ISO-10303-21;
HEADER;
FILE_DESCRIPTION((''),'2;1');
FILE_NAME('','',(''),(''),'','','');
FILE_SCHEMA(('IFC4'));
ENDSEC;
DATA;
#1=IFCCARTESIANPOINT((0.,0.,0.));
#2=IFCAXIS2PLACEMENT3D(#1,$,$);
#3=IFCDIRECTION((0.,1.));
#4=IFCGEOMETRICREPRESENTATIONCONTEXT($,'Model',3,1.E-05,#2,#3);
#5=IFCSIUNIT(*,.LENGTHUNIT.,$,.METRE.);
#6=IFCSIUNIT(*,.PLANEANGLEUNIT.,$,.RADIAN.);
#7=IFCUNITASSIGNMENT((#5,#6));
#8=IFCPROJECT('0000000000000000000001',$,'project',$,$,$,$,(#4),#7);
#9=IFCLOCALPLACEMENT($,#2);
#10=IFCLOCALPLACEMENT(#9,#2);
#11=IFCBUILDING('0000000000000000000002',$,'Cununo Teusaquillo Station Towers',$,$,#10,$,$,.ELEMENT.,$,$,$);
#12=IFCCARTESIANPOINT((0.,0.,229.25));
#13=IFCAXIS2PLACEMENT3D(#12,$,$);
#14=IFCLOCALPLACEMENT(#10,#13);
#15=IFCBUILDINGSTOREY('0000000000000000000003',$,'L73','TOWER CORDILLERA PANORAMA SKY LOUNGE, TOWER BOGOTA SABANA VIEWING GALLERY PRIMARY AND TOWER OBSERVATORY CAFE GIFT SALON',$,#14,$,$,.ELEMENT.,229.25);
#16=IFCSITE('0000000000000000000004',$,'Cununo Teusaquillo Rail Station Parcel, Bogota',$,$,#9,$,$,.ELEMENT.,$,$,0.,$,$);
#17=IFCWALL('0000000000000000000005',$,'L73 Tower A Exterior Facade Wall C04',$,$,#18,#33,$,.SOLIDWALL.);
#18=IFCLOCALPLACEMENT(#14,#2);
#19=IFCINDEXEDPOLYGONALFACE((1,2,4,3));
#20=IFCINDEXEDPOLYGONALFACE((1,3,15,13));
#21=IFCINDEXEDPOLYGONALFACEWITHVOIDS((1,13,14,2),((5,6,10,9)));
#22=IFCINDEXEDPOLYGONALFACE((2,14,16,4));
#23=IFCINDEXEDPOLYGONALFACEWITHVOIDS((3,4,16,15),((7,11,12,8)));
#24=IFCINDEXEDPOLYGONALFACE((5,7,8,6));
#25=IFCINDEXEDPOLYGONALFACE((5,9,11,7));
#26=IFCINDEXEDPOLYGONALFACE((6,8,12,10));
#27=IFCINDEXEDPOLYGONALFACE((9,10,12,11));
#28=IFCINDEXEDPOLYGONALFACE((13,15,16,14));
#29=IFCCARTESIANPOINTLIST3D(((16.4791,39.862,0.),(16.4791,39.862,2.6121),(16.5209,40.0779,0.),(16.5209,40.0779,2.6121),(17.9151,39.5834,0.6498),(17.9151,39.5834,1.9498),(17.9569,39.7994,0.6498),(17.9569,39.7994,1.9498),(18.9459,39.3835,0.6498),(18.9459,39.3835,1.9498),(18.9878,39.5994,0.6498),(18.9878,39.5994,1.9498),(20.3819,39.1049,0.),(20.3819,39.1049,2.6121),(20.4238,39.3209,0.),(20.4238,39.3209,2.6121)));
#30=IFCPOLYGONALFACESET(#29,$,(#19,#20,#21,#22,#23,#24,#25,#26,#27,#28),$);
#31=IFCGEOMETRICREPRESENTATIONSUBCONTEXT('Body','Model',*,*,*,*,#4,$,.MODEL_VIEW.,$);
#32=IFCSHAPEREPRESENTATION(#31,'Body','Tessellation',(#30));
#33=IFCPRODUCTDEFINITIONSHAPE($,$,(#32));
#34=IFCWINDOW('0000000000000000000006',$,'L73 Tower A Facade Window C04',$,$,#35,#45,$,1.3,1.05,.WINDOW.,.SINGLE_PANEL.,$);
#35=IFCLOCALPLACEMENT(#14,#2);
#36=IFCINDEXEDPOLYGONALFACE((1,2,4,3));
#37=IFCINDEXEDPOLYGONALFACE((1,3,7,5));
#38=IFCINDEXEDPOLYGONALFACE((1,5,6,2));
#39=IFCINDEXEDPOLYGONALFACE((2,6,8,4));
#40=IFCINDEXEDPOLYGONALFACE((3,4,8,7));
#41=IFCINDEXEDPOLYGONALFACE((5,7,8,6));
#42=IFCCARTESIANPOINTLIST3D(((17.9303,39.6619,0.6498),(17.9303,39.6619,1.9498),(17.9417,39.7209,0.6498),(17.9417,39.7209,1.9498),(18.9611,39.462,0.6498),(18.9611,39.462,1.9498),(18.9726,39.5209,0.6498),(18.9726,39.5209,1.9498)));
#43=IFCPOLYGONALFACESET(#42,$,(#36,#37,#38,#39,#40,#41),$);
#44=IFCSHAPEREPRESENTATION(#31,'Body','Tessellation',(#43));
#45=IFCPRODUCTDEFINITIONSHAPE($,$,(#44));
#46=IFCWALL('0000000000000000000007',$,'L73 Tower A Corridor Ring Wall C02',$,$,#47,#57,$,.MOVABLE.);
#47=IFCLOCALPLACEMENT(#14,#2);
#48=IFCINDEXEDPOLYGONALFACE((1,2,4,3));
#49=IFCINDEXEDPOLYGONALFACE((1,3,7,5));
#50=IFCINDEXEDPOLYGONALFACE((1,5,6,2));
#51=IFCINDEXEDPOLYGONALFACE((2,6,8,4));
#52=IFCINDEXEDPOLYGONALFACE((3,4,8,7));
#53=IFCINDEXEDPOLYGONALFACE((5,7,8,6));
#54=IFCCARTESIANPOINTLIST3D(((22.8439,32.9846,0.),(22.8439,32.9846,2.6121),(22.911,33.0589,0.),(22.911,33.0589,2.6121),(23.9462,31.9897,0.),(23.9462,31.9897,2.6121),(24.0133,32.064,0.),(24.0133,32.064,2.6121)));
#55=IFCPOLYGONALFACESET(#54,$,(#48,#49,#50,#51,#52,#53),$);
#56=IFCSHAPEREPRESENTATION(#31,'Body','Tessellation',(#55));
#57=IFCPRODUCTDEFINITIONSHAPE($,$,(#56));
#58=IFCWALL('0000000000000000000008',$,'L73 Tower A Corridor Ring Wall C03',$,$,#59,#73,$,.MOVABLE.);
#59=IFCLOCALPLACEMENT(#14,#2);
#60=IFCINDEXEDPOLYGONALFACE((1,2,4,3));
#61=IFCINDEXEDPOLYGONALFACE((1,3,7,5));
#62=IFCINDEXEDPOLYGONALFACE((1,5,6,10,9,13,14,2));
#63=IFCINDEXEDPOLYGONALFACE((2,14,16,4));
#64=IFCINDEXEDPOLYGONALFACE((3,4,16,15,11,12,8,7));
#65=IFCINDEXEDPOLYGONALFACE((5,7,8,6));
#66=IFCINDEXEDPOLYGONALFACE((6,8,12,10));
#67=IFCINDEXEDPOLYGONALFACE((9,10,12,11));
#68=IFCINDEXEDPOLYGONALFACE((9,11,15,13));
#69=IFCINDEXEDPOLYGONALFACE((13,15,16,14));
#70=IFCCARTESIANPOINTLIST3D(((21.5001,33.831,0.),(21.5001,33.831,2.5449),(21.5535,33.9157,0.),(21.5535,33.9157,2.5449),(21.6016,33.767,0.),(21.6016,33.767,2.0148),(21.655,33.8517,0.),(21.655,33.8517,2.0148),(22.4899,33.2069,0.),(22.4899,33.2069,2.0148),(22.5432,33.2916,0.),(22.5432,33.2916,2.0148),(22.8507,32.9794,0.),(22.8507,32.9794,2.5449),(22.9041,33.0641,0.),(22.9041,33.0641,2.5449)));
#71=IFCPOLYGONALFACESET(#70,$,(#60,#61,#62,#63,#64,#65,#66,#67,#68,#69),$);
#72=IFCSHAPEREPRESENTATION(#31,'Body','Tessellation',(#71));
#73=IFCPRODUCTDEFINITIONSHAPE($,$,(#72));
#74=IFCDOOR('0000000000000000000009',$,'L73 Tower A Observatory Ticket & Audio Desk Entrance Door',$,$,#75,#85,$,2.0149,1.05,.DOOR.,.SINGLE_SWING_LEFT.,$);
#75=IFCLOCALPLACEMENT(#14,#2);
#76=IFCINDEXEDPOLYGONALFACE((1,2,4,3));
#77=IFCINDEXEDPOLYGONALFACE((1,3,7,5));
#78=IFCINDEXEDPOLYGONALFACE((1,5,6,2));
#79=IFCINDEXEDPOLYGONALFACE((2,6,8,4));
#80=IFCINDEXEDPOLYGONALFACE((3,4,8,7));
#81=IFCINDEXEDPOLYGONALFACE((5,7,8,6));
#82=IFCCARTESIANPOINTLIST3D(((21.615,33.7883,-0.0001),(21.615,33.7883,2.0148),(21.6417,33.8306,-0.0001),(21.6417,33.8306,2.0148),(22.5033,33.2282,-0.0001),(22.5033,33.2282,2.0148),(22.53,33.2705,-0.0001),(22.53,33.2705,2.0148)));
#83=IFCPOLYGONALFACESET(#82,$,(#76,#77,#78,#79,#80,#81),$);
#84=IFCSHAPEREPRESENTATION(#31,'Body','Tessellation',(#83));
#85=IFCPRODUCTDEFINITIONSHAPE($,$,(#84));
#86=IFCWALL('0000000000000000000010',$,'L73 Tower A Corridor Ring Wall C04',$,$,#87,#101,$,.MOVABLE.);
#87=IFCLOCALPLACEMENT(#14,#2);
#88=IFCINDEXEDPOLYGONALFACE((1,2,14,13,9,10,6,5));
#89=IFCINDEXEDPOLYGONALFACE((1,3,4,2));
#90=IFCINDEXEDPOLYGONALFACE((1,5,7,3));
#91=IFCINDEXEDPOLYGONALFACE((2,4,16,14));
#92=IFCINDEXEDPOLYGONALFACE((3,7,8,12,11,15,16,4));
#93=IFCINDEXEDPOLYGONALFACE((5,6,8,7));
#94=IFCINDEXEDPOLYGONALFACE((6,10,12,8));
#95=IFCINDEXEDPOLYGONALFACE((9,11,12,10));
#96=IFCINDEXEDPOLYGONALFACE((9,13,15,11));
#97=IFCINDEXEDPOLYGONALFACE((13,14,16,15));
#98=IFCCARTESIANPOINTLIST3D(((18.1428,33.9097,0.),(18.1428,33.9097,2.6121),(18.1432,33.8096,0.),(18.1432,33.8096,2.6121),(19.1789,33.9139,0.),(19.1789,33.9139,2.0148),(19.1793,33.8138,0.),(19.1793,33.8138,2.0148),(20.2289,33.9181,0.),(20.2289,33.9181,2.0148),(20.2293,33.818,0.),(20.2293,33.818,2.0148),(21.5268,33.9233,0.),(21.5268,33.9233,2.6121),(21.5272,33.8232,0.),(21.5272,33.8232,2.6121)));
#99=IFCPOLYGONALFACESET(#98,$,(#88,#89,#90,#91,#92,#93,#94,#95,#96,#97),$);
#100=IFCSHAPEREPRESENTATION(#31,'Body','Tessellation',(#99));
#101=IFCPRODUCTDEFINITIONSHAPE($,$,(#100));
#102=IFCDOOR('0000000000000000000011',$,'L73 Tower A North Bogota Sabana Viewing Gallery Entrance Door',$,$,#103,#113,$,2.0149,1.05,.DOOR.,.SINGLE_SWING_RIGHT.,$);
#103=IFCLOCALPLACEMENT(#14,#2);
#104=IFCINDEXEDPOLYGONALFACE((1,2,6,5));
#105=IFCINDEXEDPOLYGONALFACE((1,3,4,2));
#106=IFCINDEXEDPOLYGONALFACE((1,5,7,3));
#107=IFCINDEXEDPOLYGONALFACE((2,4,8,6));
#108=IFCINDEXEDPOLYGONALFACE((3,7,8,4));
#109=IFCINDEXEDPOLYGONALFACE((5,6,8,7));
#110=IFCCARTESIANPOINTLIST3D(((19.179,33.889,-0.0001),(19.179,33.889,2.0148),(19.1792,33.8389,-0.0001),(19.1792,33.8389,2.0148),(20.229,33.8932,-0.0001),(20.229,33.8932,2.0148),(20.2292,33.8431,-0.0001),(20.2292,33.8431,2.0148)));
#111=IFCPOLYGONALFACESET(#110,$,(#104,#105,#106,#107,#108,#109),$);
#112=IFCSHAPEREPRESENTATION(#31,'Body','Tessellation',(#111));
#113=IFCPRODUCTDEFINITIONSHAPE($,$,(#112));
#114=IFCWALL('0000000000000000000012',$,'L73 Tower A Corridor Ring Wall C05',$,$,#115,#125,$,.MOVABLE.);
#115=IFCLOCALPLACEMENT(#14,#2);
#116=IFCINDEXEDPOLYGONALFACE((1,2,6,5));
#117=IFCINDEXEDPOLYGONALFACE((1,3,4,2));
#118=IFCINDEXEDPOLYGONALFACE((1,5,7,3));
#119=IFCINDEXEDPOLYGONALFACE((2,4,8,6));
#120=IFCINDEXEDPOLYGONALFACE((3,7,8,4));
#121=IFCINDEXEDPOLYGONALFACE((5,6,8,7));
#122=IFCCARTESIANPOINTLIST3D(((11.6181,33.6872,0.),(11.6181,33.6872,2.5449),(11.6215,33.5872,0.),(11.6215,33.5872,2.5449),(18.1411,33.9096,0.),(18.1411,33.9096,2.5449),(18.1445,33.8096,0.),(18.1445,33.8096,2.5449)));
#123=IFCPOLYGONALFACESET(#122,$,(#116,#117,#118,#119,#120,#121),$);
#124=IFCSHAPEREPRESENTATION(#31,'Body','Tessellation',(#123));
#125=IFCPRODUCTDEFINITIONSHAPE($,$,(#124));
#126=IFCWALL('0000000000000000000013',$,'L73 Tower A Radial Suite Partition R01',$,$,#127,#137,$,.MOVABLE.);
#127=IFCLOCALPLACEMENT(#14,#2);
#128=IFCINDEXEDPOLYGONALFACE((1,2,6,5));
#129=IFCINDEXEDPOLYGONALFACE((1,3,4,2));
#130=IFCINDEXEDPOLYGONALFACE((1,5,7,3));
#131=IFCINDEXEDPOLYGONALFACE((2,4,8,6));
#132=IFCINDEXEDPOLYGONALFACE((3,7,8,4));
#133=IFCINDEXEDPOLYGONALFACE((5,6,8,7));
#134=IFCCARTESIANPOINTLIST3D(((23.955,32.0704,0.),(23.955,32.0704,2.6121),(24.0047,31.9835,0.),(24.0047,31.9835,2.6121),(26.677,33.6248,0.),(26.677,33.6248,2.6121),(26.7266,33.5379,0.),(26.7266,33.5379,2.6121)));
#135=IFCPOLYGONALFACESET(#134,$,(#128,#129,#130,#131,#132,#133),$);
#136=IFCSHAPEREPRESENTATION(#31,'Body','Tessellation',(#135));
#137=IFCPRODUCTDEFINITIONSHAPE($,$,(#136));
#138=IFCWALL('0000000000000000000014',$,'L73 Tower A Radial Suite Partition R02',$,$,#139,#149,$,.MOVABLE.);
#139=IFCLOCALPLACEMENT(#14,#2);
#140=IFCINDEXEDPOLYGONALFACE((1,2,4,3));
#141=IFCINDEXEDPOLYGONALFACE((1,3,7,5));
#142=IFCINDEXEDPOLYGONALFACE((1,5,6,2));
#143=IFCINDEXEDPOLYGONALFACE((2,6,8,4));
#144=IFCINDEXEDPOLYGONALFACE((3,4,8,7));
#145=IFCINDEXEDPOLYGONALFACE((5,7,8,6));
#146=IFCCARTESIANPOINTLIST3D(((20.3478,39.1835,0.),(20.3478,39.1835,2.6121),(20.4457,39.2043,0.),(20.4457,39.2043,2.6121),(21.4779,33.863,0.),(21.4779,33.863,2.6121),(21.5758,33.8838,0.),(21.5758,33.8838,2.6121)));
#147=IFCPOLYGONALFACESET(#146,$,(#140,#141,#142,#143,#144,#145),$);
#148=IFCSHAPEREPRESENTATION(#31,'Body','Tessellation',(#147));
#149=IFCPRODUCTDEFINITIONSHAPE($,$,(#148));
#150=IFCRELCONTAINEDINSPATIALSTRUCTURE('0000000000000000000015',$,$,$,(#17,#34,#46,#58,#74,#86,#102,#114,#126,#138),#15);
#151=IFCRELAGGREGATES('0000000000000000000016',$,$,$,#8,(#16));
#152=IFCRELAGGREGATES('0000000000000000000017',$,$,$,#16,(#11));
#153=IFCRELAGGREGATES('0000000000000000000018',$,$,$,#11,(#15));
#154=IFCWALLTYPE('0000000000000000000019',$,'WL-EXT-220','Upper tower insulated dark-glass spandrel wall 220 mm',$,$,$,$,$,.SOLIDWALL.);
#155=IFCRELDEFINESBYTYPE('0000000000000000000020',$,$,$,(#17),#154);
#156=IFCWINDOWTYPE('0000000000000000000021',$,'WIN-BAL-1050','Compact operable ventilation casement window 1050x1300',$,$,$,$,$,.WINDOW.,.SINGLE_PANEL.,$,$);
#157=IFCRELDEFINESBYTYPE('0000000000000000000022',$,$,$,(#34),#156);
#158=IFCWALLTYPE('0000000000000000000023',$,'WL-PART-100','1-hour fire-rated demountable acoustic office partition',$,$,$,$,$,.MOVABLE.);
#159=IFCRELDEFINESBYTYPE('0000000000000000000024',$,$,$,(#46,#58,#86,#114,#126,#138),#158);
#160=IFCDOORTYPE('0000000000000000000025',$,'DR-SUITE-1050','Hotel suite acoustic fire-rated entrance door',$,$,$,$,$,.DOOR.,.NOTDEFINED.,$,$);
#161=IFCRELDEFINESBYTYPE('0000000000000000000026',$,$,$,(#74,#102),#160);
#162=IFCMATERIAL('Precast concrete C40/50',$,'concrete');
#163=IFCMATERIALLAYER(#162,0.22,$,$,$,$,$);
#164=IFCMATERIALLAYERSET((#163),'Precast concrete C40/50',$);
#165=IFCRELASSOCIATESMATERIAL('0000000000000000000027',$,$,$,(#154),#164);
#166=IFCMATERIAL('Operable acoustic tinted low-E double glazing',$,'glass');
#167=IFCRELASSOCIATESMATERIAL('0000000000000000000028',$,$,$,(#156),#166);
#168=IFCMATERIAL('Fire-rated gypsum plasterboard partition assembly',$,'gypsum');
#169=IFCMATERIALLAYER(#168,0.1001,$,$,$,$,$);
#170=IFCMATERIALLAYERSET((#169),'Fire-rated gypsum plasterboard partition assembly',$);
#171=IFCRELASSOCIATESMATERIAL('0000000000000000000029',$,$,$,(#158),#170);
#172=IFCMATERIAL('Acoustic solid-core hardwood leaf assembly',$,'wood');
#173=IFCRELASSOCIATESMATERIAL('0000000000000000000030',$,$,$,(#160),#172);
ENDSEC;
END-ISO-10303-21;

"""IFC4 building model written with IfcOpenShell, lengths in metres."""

from ifc_helpers import new_model, si_unit, direction, frame, frame_2d, origin, place, context, subcontext, project, spatial, rectangle, extrude, source, transform, mapped, material, layer, layer_set, type_object, element, fill, save


model = new_model("IFC4")

# Units and contexts
model_context = context("Model", 3, precision=1e-05, world=origin(), true_north=direction((0.0, 1.0)))
body_context = subcontext(model_context, "Body", "Model", "MODEL_VIEW")
ifc_project = project(units=[si_unit("LENGTHUNIT", "METRE"), si_unit("PLANEANGLEUNIT", "RADIAN")], contexts=[model_context])

# Site, building, storey
site_placement = place(None, origin())
site = spatial("IfcSite", under=ifc_project, at=site_placement, Name="Cununo Teusaquillo Rail Station Parcel, Bogota", CompositionType="ELEMENT", RefElevation=0.0)
building_placement = place(site_placement, origin())
building = spatial("IfcBuilding", under=site, at=building_placement, Name="Cununo Teusaquillo Station Towers", CompositionType="ELEMENT")
storey_placement = place(building_placement, frame((0.0, 0.0, 229.25)))
storey = spatial("IfcBuildingStorey", under=building, at=storey_placement, Name="L73", Description="TOWER CORDILLERA PANORAMA SKY LOUNGE, TOWER BOGOTA SABANA VIEWING GALLERY PRIMARY AND TOWER OBSERVATORY CAFE GIFT SALON", CompositionType="ELEMENT", Elevation=229.25)

# Shared definitions
ifc_material_1 = material(Name="Precast concrete C40/50", Category="concrete")
ifc_layer_1 = layer(ifc_material_1, 0.22)
ifc_layer_set_1 = layer_set([ifc_layer_1], Name="Precast concrete C40/50")
wall_type_1 = type_object("IfcWallType", Name="WL-EXT-220", Description="Upper tower insulated dark-glass spandrel wall 220 mm", PredefinedType="SOLIDWALL", material=ifc_layer_set_1)

# Shared definitions
shared_shape_1 = source(origin(), body_context, "Body", "SweptSolid", [
    extrude(rectangle(XDim=1.05, YDim=1.3, at=frame_2d((0.5249, 0.6499))), frame((0.0, 0.1199, 0.0), z_axis=(0.0, -1.0, 0.0), x_axis=(1.0, 0.0, 0.0)), (0.0, 0.0, 1.0), 0.24),
])
ifc_material_2 = material(Name="Operable acoustic tinted low-E double glazing", Category="glass")
window_type = type_object("IfcWindowType", Name="WIN-BAL-1050", Description="Compact operable ventilation casement window 1050x1300", PartitioningType="SINGLE_PANEL", PredefinedType="WINDOW", material=ifc_material_2)
shared_shape_2 = source(origin(), body_context, "Body", "SweptSolid", [
    extrude(rectangle(XDim=1.05, YDim=1.3, at=frame_2d((0.5249, 0.6499))), frame((0.0, 0.03, 0.0), z_axis=(0.0, -1.0, 0.0), x_axis=(1.0, 0.0, 0.0)), (0.0, 0.0, 1.0), 0.0601),
])

# Wall, opening, window
wall_1_placement = place(storey_placement, frame((16.5, 39.97, 0.0), z_axis=(0.0, 0.0, 1.0), x_axis=(0.9817, -0.190432, 0.0)))
wall_1 = element("IfcWall", 1, at=wall_1_placement, inside=storey, type_object=wall_type_1, Name="L73 Tower A Exterior Facade Wall C04", PredefinedType="SOLIDWALL", context=body_context, shape_type="SweptSolid", body=[
    extrude(rectangle(XDim=3.9756, YDim=0.22, at=frame_2d((1.9878, 0.0))), origin(), (0.0, 0.0, 1.0), 2.6121),
])
opening_1_placement = place(wall_1_placement, frame((1.4629, 0.0, 0.6499)))
opening_1 = element("IfcOpeningElement", 2, at=opening_1_placement, cuts=wall_1, PredefinedType="OPENING", context=body_context, shape_type="MappedRepresentation", body=[
    mapped(shared_shape_1, transform((0.0, 0.0, 0.0), x_axis=(1.0, 0.0, 0.0), y_axis=(0.0, 1.0, 0.0), z_axis=(0.0, 0.0, 1.0), scale=1.0)),
])
window_1_placement = place(opening_1_placement, origin())
window_1 = element("IfcWindow", 3, at=window_1_placement, inside=storey, type_object=window_type, Name="L73 Tower A Facade Window C04", OverallHeight=1.3, OverallWidth=1.05, PartitioningType="SINGLE_PANEL", PredefinedType="WINDOW", context=body_context, shape_type="MappedRepresentation", body=[
    mapped(shared_shape_2, transform((0.0, 0.0, 0.0), x_axis=(1.0, 0.0, 0.0), y_axis=(0.0, 1.0, 0.0), z_axis=(0.0, 0.0, 1.0), scale=1.0)),
])
fill(opening_1, window_1)

# Wall
ifc_material_3 = material(Name="Fire-rated gypsum plasterboard partition assembly", Category="gypsum")
ifc_layer_2 = layer(ifc_material_3, 0.1001)
ifc_layer_set_2 = layer_set([ifc_layer_2], Name="Fire-rated gypsum plasterboard partition assembly")
wall_type_2 = type_object("IfcWallType", Name="WL-PART-100", Description="1-hour fire-rated demountable acoustic office partition", PredefinedType="MOVABLE", material=ifc_layer_set_2)
wall_2_placement = place(storey_placement, frame((23.9797, 32.0269, 0.0), z_axis=(0.0, 0.0, 1.0), x_axis=(-0.742353, 0.670009, 0.0)))
element("IfcWall", 4, at=wall_2_placement, inside=storey, type_object=wall_type_2, Name="L73 Tower A Corridor Ring Wall C02", PredefinedType="MOVABLE", context=body_context, shape_type="SweptSolid", body=[
    extrude(rectangle(XDim=1.4849, YDim=0.1001, at=frame_2d((0.7424, 0.0))), origin(), (0.0, 0.0, 1.0), 2.6121),
])

# Walls, openings, doors
wall_3_placement = place(storey_placement, frame((22.8774, 33.0217, 0.0), z_axis=(0.0, 0.0, 1.0), x_axis=(-0.845896, 0.533348, 0.0)))
wall_3 = element("IfcWall", 5, at=wall_3_placement, inside=storey, type_object=wall_type_2, Name="L73 Tower A Corridor Ring Wall C03", PredefinedType="MOVABLE", context=body_context, shape_type="SweptSolid", body=[
    extrude(rectangle(XDim=1.5967, YDim=0.1001, at=frame_2d((0.7983, 0.0))), origin(), (0.0, 0.0, 1.0), 2.5449),
])
shared_shape_3 = source(origin(), body_context, "Body", "SweptSolid", [
    extrude(rectangle(XDim=1.05, YDim=2.0149, at=frame_2d((0.5249, 1.0073))), frame((0.0, 0.0601, 0.0), z_axis=(0.0, -1.0, 0.0), x_axis=(1.0, 0.0, 0.0)), (0.0, 0.0, 1.0), 0.1201),
])
opening_2_placement = place(wall_3_placement, frame((0.4268, 0.0, 0.0)))
opening_2 = element("IfcOpeningElement", 6, at=opening_2_placement, cuts=wall_3, PredefinedType="OPENING", context=body_context, shape_type="MappedRepresentation", body=[
    mapped(shared_shape_3, transform((0.0, 0.0, 0.0), x_axis=(1.0, 0.0, 0.0), y_axis=(0.0, 1.0, 0.0), z_axis=(0.0, 0.0, 1.0), scale=1.0)),
])
ifc_material_4 = material(Name="Acoustic solid-core hardwood leaf assembly", Category="wood")
door_type = type_object("IfcDoorType", Name="DR-SUITE-1050", Description="Hotel suite acoustic fire-rated entrance door", OperationType="NOTDEFINED", PredefinedType="DOOR", material=ifc_material_4)
shared_shape_4 = source(origin(), body_context, "Body", "SweptSolid", [
    extrude(rectangle(XDim=1.05, YDim=2.0149, at=frame_2d((0.5249, 1.0073))), frame((0.0, 0.0249, 0.0), z_axis=(0.0, -1.0, 0.0), x_axis=(1.0, 0.0, 0.0)), (0.0, 0.0, 1.0), 0.05),
])
door_1_placement = place(opening_2_placement, origin())
door_1 = element("IfcDoor", 7, at=door_1_placement, inside=storey, type_object=door_type, Name="L73 Tower A Observatory Ticket & Audio Desk Entrance Door", OperationType="SINGLE_SWING_LEFT", OverallHeight=2.0149, OverallWidth=1.05, PredefinedType="DOOR", context=body_context, shape_type="MappedRepresentation", body=[
    mapped(shared_shape_4, transform((0.0, 0.0, 0.0), x_axis=(1.0, 0.0, 0.0), y_axis=(0.0, 1.0, 0.0), z_axis=(0.0, 0.0, 1.0), scale=1.0)),
])
fill(opening_2, door_1)
wall_4_placement = place(storey_placement, frame((21.5269, 33.8733, 0.0), z_axis=(0.0, 0.0, 1.0), x_axis=(-0.999992, -0.00404, 0.0)))
wall_4 = element("IfcWall", 8, at=wall_4_placement, inside=storey, type_object=wall_type_2, Name="L73 Tower A Corridor Ring Wall C04", PredefinedType="MOVABLE", context=body_context, shape_type="SweptSolid", body=[
    extrude(rectangle(XDim=3.384, YDim=0.1001, at=frame_2d((1.6919, 0.0))), origin(), (0.0, 0.0, 1.0), 2.6121),
])
opening_3_placement = place(wall_4_placement, frame((1.2979, 0.0, 0.0)))
opening_3 = element("IfcOpeningElement", 9, at=opening_3_placement, cuts=wall_4, PredefinedType="OPENING", context=body_context, shape_type="MappedRepresentation", body=[
    mapped(shared_shape_3, transform((0.0, 0.0, 0.0), x_axis=(1.0, 0.0, 0.0), y_axis=(0.0, 1.0, 0.0), z_axis=(0.0, 0.0, 1.0), scale=1.0)),
])
door_2_placement = place(opening_3_placement, origin())
door_2 = element("IfcDoor", 10, at=door_2_placement, inside=storey, type_object=door_type, Name="L73 Tower A North Bogota Sabana Viewing Gallery Entrance Door", OperationType="SINGLE_SWING_RIGHT", OverallHeight=2.0149, OverallWidth=1.05, PredefinedType="DOOR", context=body_context, shape_type="MappedRepresentation", body=[
    mapped(shared_shape_4, transform((0.0, 0.0, 0.0), x_axis=(1.0, 0.0, 0.0), y_axis=(0.0, 1.0, 0.0), z_axis=(0.0, 0.0, 1.0), scale=1.0)),
])
fill(opening_3, door_2)

# Walls
wall_5_placement = place(storey_placement, frame((18.1428, 33.8596, 0.0), z_axis=(0.0, 0.0, 1.0), x_axis=(-0.999419, -0.034077, 0.0)))
element("IfcWall", 11, at=wall_5_placement, inside=storey, type_object=wall_type_2, Name="L73 Tower A Corridor Ring Wall C05", PredefinedType="MOVABLE", context=body_context, shape_type="SweptSolid", body=[
    extrude(rectangle(XDim=6.5269, YDim=0.1001, at=frame_2d((3.2634, 0.0))), origin(), (0.0, 0.0, 1.0), 2.5449),
])
wall_6_placement = place(storey_placement, frame((23.9797, 32.0269, 0.0), z_axis=(0.0, 0.0, 1.0), x_axis=(0.868373, 0.495912, 0.0)))
element("IfcWall", 12, at=wall_6_placement, inside=storey, type_object=wall_type_2, Name="L73 Tower A Radial Suite Partition R01", PredefinedType="MOVABLE", context=body_context, shape_type="SweptSolid", body=[
    extrude(rectangle(XDim=3.1345, YDim=0.1001, at=frame_2d((1.5674, 0.0))), origin(), (0.0, 0.0, 1.0), 2.6121),
])
wall_7_placement = place(storey_placement, frame((21.5269, 33.8733, 0.0), z_axis=(0.0, 0.0, 1.0), x_axis=(-0.207772, 0.978177, 0.0)))
element("IfcWall", 13, at=wall_7_placement, inside=storey, type_object=wall_type_2, Name="L73 Tower A Radial Suite Partition R02", PredefinedType="MOVABLE", context=body_context, shape_type="SweptSolid", body=[
    extrude(rectangle(XDim=5.4392, YDim=0.1001, at=frame_2d((2.7197, 0.0))), origin(), (0.0, 0.0, 1.0), 2.6121),
])

save(model, "model.ifc")
